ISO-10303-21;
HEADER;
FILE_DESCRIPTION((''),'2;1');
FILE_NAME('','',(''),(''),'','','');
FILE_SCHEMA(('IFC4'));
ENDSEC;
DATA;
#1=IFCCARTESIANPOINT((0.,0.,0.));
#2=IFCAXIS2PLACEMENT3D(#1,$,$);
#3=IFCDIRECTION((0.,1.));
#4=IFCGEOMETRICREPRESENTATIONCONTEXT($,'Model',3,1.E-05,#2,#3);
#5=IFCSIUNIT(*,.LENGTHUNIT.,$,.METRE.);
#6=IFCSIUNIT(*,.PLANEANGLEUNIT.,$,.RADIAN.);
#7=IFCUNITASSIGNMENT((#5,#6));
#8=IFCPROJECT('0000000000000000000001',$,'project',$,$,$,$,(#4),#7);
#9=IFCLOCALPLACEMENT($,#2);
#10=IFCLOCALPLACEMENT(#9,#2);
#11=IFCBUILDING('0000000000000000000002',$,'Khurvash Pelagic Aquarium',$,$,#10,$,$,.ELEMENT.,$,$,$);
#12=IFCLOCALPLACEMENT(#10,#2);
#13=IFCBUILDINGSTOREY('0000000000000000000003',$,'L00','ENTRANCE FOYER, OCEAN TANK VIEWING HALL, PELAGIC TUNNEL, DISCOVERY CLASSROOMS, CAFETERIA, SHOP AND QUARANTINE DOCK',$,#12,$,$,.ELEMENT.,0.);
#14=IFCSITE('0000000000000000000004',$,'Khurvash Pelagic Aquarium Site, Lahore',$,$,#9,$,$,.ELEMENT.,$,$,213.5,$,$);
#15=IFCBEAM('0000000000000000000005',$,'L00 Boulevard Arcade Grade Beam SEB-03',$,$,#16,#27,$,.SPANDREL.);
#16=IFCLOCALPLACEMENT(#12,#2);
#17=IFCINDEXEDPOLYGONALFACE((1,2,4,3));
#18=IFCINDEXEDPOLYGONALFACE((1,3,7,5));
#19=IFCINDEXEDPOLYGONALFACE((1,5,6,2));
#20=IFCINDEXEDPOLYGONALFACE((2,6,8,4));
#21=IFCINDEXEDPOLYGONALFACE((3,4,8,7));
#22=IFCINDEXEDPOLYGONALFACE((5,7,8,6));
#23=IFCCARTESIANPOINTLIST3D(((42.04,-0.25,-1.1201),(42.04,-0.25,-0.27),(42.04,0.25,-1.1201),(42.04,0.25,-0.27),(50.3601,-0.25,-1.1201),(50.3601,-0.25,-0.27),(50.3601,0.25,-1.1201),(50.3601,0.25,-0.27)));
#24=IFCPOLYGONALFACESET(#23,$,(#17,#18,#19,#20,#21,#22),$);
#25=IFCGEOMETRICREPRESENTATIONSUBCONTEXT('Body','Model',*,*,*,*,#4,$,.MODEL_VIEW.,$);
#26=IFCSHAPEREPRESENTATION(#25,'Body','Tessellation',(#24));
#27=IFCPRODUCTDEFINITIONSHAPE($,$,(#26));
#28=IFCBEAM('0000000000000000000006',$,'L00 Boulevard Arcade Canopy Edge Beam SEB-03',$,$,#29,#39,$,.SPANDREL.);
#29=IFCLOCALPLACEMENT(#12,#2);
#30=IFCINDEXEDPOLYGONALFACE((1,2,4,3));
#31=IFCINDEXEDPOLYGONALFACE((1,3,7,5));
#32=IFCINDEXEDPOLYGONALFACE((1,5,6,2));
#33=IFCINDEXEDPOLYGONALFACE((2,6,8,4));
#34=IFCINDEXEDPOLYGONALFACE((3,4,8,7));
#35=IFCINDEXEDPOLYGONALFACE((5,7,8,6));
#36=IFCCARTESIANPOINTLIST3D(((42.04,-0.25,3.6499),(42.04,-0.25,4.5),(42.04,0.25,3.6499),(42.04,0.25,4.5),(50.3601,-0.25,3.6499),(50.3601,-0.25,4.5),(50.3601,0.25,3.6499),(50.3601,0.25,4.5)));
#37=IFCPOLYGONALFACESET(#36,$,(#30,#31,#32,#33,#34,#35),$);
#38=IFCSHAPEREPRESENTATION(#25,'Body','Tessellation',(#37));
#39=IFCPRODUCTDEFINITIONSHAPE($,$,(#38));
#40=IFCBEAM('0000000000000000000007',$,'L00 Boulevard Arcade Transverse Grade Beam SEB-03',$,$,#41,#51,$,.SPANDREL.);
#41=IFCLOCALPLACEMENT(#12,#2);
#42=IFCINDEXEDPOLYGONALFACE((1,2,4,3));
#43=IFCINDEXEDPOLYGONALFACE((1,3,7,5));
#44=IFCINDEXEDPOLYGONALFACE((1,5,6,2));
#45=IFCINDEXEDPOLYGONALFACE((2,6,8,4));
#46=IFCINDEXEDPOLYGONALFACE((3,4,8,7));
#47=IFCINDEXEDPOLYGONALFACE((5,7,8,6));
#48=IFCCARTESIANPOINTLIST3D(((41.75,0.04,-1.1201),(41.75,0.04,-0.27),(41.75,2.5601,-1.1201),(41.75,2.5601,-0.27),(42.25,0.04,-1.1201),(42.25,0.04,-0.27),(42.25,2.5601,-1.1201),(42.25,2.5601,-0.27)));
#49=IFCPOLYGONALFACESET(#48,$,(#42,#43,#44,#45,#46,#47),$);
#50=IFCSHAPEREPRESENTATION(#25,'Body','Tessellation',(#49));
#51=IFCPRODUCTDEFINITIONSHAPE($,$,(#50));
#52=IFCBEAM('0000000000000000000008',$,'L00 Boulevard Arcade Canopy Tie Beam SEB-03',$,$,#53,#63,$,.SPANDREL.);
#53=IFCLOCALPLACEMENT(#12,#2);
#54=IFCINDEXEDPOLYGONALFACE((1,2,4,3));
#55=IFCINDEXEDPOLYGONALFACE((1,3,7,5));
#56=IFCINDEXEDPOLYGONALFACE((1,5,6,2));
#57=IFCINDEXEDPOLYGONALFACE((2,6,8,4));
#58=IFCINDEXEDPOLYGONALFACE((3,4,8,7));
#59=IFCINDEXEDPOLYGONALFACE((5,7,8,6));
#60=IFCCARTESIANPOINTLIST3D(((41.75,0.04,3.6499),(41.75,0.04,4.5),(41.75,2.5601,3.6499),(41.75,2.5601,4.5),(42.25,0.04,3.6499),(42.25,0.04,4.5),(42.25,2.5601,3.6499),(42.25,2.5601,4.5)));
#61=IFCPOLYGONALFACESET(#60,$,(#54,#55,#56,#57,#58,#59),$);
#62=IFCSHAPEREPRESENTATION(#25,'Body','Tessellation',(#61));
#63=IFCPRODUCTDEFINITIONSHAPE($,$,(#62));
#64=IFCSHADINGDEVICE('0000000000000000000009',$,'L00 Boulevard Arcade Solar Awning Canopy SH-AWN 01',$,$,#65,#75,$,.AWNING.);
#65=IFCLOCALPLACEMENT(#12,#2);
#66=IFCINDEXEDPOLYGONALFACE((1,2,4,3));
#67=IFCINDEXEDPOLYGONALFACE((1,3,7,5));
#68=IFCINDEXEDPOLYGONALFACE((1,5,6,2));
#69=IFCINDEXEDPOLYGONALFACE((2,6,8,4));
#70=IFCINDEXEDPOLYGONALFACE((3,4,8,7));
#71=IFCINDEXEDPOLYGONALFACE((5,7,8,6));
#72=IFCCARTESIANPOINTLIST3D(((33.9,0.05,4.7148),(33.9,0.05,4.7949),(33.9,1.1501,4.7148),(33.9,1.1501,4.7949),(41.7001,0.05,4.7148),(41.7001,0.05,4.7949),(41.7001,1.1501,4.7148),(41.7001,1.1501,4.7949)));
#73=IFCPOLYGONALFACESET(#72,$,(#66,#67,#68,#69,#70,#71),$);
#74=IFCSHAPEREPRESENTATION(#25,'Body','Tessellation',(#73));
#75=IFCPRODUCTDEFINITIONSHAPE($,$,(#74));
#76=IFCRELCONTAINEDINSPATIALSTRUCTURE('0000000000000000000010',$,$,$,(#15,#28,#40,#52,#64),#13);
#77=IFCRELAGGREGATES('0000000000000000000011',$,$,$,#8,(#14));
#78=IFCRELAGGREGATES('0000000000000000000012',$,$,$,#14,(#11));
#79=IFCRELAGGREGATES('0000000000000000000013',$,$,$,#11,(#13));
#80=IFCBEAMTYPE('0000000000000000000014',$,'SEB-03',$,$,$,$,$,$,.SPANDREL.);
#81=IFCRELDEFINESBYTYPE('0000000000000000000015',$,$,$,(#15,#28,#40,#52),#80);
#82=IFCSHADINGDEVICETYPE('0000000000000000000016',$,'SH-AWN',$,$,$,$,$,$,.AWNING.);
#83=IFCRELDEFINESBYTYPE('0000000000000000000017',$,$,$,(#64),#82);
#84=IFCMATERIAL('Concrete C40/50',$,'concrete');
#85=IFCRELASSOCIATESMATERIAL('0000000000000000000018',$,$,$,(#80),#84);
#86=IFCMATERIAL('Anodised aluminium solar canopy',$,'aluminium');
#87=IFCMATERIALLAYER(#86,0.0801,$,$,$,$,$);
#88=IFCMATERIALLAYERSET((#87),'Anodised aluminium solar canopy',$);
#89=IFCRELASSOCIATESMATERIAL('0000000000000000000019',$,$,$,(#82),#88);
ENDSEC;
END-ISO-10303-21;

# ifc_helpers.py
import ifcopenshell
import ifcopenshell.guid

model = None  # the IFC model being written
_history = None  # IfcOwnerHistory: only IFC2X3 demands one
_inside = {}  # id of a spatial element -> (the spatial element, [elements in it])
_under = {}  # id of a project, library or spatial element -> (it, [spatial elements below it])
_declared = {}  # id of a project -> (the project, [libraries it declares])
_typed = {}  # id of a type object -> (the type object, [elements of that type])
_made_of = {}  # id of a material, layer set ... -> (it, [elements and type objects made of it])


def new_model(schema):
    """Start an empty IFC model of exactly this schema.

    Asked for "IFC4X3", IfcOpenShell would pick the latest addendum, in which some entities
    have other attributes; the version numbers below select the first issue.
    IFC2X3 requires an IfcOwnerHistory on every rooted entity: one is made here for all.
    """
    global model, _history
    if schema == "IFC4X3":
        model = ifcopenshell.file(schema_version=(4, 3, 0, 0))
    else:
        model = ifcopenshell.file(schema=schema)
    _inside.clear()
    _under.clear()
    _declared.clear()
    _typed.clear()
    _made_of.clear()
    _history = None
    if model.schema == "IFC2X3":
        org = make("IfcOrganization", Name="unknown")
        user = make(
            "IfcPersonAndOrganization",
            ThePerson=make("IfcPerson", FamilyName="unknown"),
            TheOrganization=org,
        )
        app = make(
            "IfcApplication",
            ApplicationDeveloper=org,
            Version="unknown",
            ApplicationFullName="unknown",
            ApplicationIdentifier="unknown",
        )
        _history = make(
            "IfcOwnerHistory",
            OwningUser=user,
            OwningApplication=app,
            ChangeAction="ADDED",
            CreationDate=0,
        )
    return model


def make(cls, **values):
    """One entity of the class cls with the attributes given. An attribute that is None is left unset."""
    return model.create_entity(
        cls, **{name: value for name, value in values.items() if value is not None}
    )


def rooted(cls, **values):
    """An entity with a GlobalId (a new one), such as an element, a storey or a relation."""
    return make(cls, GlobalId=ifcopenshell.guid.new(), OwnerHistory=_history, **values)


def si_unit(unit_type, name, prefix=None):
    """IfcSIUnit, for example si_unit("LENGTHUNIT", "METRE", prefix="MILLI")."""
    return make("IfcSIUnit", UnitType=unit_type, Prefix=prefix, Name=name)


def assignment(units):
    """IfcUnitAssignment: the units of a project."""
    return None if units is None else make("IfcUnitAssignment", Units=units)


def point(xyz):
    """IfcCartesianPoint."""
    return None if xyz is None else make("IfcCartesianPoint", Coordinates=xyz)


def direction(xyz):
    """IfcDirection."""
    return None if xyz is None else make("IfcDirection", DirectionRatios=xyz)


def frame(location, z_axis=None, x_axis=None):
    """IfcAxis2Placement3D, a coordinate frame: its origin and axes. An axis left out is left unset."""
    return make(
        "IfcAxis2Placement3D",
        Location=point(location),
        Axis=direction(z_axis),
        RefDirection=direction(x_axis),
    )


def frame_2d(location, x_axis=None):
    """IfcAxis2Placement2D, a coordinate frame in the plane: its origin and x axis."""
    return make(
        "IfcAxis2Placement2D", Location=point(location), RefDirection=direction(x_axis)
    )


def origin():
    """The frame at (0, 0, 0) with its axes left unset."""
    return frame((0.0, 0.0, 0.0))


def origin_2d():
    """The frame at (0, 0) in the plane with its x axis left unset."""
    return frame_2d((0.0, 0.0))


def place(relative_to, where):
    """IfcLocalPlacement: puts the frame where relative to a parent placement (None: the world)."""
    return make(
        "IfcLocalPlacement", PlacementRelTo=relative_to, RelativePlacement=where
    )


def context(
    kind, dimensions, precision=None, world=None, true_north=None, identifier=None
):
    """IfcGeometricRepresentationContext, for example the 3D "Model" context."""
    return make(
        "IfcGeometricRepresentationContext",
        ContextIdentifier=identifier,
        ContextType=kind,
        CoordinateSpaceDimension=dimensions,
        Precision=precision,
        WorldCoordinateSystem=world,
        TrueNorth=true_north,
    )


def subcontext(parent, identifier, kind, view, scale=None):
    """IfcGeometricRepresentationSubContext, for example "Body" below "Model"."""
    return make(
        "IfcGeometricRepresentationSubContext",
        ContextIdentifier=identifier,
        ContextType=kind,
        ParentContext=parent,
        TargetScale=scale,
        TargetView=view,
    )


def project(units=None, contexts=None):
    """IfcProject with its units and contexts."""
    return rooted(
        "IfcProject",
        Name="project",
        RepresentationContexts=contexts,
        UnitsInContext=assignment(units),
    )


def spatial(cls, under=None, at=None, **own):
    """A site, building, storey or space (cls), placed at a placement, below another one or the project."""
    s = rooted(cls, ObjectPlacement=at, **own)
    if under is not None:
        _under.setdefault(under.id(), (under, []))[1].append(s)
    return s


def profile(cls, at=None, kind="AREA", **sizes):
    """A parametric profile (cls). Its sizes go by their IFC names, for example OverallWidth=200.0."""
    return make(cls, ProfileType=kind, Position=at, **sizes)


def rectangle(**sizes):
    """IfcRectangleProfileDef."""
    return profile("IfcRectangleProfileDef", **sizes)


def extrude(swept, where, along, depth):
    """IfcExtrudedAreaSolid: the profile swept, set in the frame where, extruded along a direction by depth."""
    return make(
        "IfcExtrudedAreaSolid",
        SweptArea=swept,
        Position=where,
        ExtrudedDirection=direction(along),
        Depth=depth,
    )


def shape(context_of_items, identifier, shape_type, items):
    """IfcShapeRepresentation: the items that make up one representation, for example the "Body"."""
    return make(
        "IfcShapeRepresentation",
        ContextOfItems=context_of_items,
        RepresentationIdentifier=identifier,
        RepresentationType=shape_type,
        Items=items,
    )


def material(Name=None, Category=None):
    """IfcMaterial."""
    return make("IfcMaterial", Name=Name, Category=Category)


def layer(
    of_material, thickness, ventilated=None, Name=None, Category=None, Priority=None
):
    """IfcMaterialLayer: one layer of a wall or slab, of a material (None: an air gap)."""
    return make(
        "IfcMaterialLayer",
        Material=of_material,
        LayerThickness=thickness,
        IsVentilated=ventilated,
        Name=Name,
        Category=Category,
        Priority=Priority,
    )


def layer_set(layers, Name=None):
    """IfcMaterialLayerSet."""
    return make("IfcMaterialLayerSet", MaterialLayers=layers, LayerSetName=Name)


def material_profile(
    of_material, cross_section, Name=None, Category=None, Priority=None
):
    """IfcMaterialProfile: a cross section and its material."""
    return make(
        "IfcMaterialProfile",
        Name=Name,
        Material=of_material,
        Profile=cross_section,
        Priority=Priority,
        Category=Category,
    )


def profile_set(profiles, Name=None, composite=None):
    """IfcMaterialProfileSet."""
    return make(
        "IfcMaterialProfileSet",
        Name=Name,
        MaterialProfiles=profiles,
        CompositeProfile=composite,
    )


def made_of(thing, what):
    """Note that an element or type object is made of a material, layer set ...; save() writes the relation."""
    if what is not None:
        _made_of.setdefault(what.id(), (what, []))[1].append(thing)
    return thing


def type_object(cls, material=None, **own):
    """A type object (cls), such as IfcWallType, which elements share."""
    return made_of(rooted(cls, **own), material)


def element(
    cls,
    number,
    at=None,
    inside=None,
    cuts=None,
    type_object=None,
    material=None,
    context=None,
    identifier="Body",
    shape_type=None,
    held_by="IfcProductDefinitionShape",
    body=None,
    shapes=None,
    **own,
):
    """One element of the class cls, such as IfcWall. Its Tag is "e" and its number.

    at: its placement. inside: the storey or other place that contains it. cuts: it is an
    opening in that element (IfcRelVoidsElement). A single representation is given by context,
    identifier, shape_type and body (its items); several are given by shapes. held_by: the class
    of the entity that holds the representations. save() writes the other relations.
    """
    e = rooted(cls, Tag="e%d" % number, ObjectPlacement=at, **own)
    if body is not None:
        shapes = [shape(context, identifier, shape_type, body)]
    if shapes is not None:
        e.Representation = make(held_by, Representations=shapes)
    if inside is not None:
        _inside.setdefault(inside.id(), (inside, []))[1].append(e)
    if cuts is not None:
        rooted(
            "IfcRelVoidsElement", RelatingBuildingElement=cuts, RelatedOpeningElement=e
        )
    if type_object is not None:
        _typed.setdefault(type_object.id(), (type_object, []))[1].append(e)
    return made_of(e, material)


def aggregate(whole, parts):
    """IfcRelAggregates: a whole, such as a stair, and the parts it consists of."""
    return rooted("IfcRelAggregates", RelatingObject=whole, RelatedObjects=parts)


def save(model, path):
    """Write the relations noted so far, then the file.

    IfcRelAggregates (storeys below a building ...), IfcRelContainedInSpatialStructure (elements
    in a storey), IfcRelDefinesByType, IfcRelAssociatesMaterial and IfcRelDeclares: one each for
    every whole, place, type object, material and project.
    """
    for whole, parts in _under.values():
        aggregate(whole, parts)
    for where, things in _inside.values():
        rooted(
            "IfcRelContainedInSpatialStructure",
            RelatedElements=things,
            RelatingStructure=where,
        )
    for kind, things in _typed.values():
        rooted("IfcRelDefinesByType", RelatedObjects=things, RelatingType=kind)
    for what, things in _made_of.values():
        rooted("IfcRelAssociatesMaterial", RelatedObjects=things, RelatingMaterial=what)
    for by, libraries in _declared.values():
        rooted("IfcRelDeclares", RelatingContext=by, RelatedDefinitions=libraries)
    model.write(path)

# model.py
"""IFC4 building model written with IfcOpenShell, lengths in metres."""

from ifc_helpers import new_model, si_unit, direction, frame, origin, origin_2d, place, context, subcontext, project, spatial, rectangle, extrude, material, layer, layer_set, material_profile, profile_set, type_object, element, save


model = new_model("IFC4")

# Units and contexts
model_context = context("Model", 3, precision=1e-05, world=origin(), true_north=direction((0.0, 1.0)))
body_context = subcontext(model_context, "Body", "Model", "MODEL_VIEW")
ifc_project = project(units=[si_unit("LENGTHUNIT", "METRE"), si_unit("PLANEANGLEUNIT", "RADIAN")], contexts=[model_context])

# Site, building, storey
site_placement = place(None, origin())
site = spatial("IfcSite", under=ifc_project, at=site_placement, Name="Khurvash Pelagic Aquarium Site, Lahore", CompositionType="ELEMENT", RefElevation=213.5)
building_placement = place(site_placement, origin())
building = spatial("IfcBuilding", under=site, at=building_placement, Name="Khurvash Pelagic Aquarium", CompositionType="ELEMENT")
storey_placement = place(building_placement, origin())
storey = spatial("IfcBuildingStorey", under=building, at=storey_placement, Name="L00", Description="ENTRANCE FOYER, OCEAN TANK VIEWING HALL, PELAGIC TUNNEL, DISCOVERY CLASSROOMS, CAFETERIA, SHOP AND QUARANTINE DOCK", CompositionType="ELEMENT", Elevation=0.0)

# Shared definitions
ifc_material_1 = material(Name="Concrete C40/50", Category="concrete")

# Beams
ifc_material_profile_1 = material_profile(ifc_material_1, rectangle(XDim=0.5, YDim=0.8501, at=origin_2d()), Name="RC500X850")
ifc_profile_set_1 = profile_set([ifc_material_profile_1], Name="Concrete C40/50")
beam_type_1 = type_object("IfcBeamType", Name="SEB-03", PredefinedType="SPANDREL", material=ifc_profile_set_1)
for number, where, z_axis, x_axis, name in (
    (1, (42.04, 0.0, -0.6951), (1.0, 0.0, 0.0), (0.0, 1.0, 0.0), "L00 Boulevard Arcade Grade Beam SEB-03"),
    (2, (42.04, 0.0, 4.075), (1.0, 0.0, 0.0), (0.0, 1.0, 0.0), "L00 Boulevard Arcade Canopy Edge Beam SEB-03"),
):
    element("IfcBeam", number, at=place(storey_placement, frame(where, z_axis=z_axis, x_axis=x_axis)), inside=storey, type_object=beam_type_1, Name=name, PredefinedType="SPANDREL", context=body_context, shape_type="SweptSolid", body=[
        extrude(rectangle(XDim=0.5, YDim=0.8501, at=origin_2d()), origin(), (0.0, 0.0, 1.0), 8.3201),
    ])
for number, where, z_axis, x_axis, name in (
    (3, (42.0, 0.04, -0.6951), (0.0, 1.0, 0.0), (-1.0, 0.0, 0.0), "L00 Boulevard Arcade Transverse Grade Beam SEB-03"),
    (4, (42.0, 0.04, 4.075), (0.0, 1.0, 0.0), (-1.0, 0.0, 0.0), "L00 Boulevard Arcade Canopy Tie Beam SEB-03"),
):
    element("IfcBeam", number, at=place(storey_placement, frame(where, z_axis=z_axis, x_axis=x_axis)), inside=storey, type_object=beam_type_1, Name=name, PredefinedType="SPANDREL", context=body_context, shape_type="SweptSolid", body=[
        extrude(rectangle(XDim=0.5, YDim=0.8501, at=origin_2d()), origin(), (0.0, 0.0, 1.0), 2.52),
    ])

# Shading device
ifc_material_2 = material(Name="Anodised aluminium solar canopy", Category="aluminium")
ifc_layer_1 = layer(ifc_material_2, 0.0801)
ifc_layer_set_1 = layer_set([ifc_layer_1], Name="Anodised aluminium solar canopy")
shading_device_type = type_object("IfcShadingDeviceType", Name="SH-AWN", PredefinedType="AWNING", material=ifc_layer_set_1)
shading_device_placement = place(storey_placement, frame((37.8, 0.6001, 4.7148), z_axis=(0.0, 0.0, 1.0), x_axis=(1.0, 0.0, 0.0)))
element("IfcShadingDevice", 5, at=shading_device_placement, inside=storey, type_object=shading_device_type, Name="L00 Boulevard Arcade Solar Awning Canopy SH-AWN 01", PredefinedType="AWNING", context=body_context, shape_type="SweptSolid", body=[
    extrude(rectangle(XDim=7.8, YDim=1.1001, at=origin_2d()), origin(), (0.0, 0.0, 1.0), 0.0801),
])

save(model, "model.ifc")
